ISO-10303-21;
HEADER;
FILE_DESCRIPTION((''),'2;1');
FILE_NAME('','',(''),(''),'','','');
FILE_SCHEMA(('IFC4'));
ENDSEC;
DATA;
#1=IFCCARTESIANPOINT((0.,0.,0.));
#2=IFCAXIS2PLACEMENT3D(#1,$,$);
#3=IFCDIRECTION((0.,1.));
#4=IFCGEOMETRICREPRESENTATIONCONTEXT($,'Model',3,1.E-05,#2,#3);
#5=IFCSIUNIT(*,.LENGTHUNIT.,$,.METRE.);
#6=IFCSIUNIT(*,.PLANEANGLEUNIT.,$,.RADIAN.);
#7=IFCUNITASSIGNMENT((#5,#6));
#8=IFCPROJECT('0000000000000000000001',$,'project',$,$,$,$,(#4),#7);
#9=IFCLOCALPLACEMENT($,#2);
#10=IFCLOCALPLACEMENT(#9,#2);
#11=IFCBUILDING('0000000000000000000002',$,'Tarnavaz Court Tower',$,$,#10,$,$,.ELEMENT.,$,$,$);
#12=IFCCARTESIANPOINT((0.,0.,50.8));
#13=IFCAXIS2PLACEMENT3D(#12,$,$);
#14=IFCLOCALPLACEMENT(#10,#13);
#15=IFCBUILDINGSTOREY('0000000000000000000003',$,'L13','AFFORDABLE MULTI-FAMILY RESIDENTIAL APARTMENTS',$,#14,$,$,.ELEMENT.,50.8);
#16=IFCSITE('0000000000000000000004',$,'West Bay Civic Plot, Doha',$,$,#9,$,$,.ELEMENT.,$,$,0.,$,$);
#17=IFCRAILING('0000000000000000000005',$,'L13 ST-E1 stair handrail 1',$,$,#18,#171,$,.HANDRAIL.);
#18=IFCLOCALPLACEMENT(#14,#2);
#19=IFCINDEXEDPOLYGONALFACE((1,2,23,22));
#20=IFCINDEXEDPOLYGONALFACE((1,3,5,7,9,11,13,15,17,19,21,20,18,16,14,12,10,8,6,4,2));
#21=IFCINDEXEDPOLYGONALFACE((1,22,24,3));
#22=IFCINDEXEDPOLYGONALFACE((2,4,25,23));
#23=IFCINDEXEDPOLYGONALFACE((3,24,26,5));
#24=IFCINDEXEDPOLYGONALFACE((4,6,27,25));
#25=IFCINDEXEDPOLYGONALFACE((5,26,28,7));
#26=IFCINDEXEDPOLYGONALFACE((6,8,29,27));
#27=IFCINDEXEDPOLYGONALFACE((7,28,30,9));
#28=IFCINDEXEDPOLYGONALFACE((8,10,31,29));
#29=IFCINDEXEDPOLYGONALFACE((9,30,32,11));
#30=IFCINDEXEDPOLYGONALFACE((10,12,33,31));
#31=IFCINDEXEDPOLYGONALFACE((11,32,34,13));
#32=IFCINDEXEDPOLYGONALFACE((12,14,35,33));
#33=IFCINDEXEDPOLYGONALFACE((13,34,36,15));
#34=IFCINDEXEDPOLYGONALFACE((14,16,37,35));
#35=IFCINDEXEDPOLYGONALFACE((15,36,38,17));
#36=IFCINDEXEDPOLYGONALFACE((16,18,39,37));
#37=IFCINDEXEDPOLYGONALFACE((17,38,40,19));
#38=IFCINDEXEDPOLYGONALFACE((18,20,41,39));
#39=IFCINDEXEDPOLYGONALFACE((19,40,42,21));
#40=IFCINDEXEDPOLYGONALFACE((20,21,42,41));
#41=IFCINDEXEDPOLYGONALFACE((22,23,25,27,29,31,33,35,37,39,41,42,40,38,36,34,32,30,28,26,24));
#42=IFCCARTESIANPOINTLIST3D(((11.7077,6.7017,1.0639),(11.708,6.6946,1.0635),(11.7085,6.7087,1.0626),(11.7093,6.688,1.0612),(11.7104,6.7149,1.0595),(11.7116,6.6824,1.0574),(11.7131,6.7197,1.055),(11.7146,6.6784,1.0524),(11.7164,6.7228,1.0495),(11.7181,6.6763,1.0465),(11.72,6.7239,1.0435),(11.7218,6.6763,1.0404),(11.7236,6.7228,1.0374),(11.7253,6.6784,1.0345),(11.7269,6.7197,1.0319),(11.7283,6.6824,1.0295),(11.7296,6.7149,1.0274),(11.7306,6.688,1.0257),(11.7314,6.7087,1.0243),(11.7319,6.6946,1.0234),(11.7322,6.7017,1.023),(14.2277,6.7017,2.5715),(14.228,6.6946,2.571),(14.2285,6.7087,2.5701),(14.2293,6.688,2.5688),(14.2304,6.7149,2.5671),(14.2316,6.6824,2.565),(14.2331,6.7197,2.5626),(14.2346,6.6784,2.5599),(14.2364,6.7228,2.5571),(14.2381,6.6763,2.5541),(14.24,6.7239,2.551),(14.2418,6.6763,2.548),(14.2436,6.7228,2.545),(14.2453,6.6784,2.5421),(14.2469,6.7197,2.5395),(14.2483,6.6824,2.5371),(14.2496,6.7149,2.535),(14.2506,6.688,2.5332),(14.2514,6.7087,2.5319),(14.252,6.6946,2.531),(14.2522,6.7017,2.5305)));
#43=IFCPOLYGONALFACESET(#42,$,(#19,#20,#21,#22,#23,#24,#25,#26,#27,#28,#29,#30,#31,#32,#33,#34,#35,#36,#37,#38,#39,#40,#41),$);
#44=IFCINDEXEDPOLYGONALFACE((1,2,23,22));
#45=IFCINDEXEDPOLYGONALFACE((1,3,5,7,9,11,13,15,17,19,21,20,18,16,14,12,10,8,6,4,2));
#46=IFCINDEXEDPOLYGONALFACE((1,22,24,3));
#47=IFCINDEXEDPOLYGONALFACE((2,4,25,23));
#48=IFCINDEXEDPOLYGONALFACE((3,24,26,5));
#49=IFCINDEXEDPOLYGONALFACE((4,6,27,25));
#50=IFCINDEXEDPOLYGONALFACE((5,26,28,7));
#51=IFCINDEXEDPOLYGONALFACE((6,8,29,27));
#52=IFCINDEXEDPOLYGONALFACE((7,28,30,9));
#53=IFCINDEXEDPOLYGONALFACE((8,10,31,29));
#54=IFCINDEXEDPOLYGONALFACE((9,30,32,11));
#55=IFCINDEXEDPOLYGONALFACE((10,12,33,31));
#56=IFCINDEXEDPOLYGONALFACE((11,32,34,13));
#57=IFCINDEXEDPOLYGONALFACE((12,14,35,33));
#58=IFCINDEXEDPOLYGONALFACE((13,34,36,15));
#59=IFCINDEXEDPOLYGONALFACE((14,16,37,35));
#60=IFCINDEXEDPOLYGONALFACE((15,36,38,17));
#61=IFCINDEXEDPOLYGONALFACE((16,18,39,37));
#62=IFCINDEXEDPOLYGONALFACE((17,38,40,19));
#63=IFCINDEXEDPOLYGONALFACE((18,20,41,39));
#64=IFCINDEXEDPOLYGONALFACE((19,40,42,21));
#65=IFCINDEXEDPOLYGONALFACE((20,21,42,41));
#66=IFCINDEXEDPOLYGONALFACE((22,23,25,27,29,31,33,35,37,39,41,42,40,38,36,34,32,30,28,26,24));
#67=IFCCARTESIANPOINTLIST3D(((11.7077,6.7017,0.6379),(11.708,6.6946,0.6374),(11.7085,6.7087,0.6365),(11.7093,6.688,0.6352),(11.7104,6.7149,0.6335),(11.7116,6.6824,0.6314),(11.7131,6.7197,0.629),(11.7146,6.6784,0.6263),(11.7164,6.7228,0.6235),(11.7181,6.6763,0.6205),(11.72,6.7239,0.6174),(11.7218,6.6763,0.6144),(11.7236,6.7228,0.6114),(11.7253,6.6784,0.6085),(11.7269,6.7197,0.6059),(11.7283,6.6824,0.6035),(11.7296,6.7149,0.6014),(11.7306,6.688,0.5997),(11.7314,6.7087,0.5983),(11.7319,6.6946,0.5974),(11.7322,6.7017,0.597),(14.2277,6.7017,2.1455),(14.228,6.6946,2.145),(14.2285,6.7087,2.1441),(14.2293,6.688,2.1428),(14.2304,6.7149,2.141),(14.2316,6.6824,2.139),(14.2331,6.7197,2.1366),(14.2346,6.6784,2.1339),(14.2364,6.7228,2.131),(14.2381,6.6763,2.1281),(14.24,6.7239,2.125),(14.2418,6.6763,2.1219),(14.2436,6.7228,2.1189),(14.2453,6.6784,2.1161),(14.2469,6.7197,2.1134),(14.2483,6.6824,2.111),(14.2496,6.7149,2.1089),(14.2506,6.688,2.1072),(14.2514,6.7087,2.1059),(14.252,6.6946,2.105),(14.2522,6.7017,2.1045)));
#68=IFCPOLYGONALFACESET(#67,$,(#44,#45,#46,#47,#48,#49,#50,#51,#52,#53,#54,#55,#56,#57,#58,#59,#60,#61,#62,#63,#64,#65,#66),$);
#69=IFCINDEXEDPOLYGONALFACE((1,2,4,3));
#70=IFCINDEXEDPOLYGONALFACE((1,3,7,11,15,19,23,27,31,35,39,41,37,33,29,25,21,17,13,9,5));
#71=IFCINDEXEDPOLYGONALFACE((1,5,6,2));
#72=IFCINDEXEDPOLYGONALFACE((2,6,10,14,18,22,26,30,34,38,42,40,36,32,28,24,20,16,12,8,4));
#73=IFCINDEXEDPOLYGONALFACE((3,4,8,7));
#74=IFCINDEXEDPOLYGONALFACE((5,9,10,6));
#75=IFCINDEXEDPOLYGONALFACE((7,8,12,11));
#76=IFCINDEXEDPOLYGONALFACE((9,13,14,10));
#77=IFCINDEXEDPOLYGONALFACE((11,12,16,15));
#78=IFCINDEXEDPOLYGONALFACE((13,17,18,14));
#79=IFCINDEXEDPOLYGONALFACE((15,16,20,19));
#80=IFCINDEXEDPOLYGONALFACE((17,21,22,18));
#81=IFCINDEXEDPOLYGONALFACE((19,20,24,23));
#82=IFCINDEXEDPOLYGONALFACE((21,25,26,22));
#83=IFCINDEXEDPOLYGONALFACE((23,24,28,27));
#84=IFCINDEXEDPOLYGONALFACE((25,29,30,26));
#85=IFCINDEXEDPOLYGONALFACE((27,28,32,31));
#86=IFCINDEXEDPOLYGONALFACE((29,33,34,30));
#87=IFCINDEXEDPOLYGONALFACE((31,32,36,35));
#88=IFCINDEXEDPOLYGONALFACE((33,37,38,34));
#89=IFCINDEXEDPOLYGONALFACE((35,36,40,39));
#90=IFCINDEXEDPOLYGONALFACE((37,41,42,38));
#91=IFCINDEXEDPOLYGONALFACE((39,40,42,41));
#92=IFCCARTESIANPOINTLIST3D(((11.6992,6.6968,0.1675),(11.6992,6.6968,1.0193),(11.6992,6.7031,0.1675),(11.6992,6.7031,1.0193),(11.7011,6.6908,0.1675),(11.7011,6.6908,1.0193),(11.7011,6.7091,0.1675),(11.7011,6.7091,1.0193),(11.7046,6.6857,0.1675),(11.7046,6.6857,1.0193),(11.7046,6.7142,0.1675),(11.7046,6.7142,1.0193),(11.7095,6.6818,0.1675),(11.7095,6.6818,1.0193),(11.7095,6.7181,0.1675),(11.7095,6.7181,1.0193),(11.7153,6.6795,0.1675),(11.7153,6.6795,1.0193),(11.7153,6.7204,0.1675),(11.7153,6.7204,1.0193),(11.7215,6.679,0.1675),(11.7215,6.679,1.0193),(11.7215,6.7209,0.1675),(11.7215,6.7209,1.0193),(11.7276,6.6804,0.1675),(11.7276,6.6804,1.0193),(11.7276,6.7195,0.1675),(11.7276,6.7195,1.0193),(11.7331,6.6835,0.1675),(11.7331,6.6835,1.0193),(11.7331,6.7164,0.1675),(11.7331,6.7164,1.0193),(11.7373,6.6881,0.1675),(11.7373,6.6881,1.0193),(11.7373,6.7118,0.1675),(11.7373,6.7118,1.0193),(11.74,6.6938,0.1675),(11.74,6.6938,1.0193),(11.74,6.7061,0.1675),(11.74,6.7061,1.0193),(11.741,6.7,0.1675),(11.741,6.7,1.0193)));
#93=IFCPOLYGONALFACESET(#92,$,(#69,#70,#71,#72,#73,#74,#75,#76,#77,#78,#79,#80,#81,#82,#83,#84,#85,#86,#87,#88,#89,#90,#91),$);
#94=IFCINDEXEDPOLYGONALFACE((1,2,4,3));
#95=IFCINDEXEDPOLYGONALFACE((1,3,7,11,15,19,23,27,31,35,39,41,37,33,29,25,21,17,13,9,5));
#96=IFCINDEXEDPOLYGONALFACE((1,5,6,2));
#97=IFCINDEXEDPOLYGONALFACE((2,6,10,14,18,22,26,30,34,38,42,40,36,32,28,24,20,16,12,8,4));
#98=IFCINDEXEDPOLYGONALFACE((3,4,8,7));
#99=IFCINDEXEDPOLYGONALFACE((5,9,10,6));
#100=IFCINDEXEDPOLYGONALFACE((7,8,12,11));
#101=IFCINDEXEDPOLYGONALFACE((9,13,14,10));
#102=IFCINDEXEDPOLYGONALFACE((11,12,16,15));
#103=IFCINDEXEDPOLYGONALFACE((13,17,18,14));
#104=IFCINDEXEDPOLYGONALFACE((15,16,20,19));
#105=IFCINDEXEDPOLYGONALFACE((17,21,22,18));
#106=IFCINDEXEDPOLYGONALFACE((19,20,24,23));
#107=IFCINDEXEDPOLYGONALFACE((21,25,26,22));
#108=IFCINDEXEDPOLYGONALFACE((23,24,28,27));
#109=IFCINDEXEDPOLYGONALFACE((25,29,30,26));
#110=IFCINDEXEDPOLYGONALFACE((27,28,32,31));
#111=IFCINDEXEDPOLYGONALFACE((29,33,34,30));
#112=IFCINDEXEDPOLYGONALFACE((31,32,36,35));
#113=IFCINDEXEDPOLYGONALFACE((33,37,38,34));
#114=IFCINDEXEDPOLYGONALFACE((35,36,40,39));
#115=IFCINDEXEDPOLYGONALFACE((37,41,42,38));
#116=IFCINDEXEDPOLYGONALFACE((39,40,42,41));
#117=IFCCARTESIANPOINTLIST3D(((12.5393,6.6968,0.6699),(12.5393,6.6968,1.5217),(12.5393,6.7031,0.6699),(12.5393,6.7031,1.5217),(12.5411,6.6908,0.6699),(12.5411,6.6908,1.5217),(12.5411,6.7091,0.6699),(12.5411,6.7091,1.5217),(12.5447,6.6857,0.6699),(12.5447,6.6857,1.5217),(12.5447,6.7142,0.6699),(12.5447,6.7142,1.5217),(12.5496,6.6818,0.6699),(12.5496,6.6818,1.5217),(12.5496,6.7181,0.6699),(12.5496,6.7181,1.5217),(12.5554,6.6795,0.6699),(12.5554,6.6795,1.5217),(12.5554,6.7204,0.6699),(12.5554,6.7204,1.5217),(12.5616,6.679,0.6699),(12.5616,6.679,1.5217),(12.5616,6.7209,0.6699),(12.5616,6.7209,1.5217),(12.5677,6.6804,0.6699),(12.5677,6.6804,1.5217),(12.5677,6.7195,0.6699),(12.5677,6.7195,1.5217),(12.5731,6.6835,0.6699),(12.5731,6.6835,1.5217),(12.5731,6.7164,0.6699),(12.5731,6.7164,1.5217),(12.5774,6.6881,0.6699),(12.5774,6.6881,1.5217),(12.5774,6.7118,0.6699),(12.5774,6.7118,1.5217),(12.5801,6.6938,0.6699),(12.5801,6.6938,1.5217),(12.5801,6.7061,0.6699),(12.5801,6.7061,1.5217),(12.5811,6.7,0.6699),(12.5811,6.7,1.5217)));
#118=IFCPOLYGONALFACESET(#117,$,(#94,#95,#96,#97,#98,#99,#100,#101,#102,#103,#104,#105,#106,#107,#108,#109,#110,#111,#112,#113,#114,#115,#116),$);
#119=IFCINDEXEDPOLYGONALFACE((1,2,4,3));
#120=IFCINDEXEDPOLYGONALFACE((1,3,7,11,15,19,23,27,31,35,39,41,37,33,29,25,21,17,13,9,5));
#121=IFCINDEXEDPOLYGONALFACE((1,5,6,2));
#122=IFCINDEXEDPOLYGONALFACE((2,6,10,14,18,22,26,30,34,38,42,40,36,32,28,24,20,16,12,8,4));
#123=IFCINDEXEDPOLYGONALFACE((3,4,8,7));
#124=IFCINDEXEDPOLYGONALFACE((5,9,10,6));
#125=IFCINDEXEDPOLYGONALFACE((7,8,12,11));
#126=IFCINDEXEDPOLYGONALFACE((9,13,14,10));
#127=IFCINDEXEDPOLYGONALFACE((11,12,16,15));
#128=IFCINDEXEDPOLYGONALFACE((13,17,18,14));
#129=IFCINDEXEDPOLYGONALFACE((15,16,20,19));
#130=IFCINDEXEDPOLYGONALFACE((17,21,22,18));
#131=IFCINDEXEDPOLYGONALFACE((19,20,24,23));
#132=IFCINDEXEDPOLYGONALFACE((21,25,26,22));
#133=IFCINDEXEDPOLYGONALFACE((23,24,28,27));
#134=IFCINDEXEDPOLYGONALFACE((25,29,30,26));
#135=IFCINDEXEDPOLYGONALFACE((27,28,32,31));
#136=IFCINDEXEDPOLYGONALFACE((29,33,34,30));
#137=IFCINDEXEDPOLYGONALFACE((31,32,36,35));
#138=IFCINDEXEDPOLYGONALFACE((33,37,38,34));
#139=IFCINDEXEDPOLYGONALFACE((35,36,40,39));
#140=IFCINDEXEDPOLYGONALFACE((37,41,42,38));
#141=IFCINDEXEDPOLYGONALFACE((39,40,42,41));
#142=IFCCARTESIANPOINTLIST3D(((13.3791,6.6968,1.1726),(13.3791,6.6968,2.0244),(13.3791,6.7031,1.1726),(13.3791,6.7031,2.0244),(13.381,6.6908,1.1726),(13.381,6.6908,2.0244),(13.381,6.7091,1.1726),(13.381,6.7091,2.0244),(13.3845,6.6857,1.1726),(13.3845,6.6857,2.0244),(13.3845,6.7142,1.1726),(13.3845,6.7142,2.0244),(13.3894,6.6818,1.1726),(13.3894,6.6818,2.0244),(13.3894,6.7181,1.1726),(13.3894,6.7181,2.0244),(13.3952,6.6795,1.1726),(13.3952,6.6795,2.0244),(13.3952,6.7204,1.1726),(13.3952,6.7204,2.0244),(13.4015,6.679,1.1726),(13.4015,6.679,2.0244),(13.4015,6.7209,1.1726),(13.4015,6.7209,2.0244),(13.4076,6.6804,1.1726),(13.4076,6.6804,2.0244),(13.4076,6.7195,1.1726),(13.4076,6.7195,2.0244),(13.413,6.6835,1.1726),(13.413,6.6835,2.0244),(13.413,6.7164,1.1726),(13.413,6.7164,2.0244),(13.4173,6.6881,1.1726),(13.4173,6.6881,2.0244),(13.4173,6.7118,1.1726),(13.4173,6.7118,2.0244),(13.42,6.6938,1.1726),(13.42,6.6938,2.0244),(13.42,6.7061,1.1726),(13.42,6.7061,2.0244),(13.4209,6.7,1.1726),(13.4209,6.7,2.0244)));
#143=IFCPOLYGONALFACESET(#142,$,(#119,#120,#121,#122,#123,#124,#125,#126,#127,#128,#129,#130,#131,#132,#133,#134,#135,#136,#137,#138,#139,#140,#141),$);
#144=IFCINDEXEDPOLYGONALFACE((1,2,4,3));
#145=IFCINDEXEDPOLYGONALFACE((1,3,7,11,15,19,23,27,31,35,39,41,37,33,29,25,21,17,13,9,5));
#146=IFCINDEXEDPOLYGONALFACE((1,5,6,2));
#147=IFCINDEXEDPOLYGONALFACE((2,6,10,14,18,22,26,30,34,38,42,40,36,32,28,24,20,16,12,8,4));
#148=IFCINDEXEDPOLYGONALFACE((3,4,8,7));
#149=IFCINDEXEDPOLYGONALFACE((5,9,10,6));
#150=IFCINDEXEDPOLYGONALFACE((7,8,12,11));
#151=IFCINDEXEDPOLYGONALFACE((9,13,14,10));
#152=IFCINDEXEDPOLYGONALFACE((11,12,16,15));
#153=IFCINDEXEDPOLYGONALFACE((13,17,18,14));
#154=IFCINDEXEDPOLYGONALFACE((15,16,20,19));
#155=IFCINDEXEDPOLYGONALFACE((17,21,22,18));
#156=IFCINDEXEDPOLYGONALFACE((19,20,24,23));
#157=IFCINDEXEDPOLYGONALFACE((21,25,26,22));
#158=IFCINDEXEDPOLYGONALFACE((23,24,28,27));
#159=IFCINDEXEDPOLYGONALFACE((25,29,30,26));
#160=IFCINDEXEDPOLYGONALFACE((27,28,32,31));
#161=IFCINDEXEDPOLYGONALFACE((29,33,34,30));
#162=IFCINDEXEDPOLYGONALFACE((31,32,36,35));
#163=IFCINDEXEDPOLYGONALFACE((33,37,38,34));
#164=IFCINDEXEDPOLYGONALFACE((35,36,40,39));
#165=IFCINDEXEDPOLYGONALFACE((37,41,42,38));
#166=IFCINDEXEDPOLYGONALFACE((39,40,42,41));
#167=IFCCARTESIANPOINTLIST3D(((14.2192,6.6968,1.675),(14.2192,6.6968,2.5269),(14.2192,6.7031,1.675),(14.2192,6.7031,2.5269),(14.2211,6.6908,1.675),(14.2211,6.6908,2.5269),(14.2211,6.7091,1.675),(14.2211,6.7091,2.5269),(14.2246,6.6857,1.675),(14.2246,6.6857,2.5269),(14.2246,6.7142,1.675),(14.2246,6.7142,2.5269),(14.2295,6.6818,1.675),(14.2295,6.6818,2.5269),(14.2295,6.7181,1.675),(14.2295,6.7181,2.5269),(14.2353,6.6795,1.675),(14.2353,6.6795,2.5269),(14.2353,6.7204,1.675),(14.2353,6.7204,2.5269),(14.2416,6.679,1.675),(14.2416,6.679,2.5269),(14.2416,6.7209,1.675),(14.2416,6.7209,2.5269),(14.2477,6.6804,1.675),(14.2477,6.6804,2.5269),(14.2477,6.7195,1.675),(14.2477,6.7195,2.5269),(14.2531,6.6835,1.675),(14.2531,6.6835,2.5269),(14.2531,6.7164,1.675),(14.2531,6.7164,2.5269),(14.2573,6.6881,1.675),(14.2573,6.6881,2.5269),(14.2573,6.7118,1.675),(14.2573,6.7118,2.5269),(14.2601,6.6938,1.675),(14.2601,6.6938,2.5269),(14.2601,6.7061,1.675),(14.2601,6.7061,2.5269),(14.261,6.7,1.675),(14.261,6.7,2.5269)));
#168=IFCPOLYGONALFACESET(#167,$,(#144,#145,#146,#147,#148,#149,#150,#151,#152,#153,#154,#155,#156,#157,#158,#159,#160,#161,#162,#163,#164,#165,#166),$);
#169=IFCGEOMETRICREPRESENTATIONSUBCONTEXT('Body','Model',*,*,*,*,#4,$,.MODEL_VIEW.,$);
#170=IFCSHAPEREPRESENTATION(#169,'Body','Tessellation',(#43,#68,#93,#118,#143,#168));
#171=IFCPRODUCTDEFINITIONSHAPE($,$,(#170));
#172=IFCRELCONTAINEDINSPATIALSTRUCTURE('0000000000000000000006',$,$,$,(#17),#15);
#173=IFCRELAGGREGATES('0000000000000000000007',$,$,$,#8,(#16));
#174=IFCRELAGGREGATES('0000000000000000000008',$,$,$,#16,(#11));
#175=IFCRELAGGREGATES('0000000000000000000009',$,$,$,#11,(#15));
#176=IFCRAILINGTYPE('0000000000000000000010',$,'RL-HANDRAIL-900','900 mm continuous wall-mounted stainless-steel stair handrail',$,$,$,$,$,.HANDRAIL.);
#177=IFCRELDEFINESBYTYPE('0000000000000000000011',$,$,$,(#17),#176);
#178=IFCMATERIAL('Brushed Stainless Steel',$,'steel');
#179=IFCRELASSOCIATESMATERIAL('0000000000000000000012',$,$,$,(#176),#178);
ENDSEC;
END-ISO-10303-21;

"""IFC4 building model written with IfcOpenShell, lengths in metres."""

from ifc_helpers import new_model, si_unit, direction, frame, origin, origin_2d, place, context, subcontext, project, spatial, circle, extrude, material, type_object, element, save


model = new_model("IFC4")

# Units and contexts
model_context = context("Model", 3, precision=1e-05, world=origin(), true_north=direction((0.0, 1.0)))
body_context = subcontext(model_context, "Body", "Model", "MODEL_VIEW")
ifc_project = project(units=[si_unit("LENGTHUNIT", "METRE"), si_unit("PLANEANGLEUNIT", "RADIAN")], contexts=[model_context])

# Site, building, storey
site_placement = place(None, origin())
site = spatial("IfcSite", under=ifc_project, at=site_placement, Name="West Bay Civic Plot, Doha", CompositionType="ELEMENT", RefElevation=0.0)
building_placement = place(site_placement, origin())
building = spatial("IfcBuilding", under=site, at=building_placement, Name="Tarnavaz Court Tower", CompositionType="ELEMENT")
storey_placement = place(building_placement, frame((0.0, 0.0, 50.8)))
storey = spatial("IfcBuildingStorey", under=building, at=storey_placement, Name="L13", Description="AFFORDABLE MULTI-FAMILY RESIDENTIAL APARTMENTS", CompositionType="ELEMENT", Elevation=50.8)

# Railing
ifc_material_1 = material(Name="Brushed Stainless Steel", Category="steel")
railing_type_1 = type_object("IfcRailingType", Name="RL-HANDRAIL-900", Description="900 mm continuous wall-mounted stainless-steel stair handrail", PredefinedType="HANDRAIL", material=ifc_material_1)
railing_1_placement = place(storey_placement, frame((11.72, 6.7, 0.1675)))
element("IfcRailing", 1, at=railing_1_placement, inside=storey, type_object=railing_type_1, Name="L13 ST-E1 stair handrail 1", PredefinedType="HANDRAIL", context=body_context, shape_type="SweptSolid", body=[
    extrude(circle(Radius=0.0239, at=origin_2d()), frame((0.0, 0.0, 0.876), z_axis=(0.85816, 0.0, 0.513383), x_axis=(0.0, 1.0, 0.0)), (0.0, 0.0, 1.0), 2.9365),
    extrude(circle(Radius=0.0239, at=origin_2d()), frame((0.0, 0.0, 0.45), z_axis=(0.85816, 0.0, 0.513383), x_axis=(0.0, 1.0, 0.0)), (0.0, 0.0, 1.0), 2.9365),
    extrude(circle(Radius=0.021, at=origin_2d()), origin(), (0.0, 0.0, 1.0), 0.8518),
    extrude(circle(Radius=0.021, at=origin_2d()), frame((0.8401, 0.0, 0.5024)), (0.0, 0.0, 1.0), 0.8518),
    extrude(circle(Radius=0.021, at=origin_2d()), frame((1.6799, 0.0, 1.0051)), (0.0, 0.0, 1.0), 0.8518),
    extrude(circle(Radius=0.021, at=origin_2d()), frame((2.52, 0.0, 1.5076)), (0.0, 0.0, 1.0), 0.8518),
])

save(model, "model.ifc")
